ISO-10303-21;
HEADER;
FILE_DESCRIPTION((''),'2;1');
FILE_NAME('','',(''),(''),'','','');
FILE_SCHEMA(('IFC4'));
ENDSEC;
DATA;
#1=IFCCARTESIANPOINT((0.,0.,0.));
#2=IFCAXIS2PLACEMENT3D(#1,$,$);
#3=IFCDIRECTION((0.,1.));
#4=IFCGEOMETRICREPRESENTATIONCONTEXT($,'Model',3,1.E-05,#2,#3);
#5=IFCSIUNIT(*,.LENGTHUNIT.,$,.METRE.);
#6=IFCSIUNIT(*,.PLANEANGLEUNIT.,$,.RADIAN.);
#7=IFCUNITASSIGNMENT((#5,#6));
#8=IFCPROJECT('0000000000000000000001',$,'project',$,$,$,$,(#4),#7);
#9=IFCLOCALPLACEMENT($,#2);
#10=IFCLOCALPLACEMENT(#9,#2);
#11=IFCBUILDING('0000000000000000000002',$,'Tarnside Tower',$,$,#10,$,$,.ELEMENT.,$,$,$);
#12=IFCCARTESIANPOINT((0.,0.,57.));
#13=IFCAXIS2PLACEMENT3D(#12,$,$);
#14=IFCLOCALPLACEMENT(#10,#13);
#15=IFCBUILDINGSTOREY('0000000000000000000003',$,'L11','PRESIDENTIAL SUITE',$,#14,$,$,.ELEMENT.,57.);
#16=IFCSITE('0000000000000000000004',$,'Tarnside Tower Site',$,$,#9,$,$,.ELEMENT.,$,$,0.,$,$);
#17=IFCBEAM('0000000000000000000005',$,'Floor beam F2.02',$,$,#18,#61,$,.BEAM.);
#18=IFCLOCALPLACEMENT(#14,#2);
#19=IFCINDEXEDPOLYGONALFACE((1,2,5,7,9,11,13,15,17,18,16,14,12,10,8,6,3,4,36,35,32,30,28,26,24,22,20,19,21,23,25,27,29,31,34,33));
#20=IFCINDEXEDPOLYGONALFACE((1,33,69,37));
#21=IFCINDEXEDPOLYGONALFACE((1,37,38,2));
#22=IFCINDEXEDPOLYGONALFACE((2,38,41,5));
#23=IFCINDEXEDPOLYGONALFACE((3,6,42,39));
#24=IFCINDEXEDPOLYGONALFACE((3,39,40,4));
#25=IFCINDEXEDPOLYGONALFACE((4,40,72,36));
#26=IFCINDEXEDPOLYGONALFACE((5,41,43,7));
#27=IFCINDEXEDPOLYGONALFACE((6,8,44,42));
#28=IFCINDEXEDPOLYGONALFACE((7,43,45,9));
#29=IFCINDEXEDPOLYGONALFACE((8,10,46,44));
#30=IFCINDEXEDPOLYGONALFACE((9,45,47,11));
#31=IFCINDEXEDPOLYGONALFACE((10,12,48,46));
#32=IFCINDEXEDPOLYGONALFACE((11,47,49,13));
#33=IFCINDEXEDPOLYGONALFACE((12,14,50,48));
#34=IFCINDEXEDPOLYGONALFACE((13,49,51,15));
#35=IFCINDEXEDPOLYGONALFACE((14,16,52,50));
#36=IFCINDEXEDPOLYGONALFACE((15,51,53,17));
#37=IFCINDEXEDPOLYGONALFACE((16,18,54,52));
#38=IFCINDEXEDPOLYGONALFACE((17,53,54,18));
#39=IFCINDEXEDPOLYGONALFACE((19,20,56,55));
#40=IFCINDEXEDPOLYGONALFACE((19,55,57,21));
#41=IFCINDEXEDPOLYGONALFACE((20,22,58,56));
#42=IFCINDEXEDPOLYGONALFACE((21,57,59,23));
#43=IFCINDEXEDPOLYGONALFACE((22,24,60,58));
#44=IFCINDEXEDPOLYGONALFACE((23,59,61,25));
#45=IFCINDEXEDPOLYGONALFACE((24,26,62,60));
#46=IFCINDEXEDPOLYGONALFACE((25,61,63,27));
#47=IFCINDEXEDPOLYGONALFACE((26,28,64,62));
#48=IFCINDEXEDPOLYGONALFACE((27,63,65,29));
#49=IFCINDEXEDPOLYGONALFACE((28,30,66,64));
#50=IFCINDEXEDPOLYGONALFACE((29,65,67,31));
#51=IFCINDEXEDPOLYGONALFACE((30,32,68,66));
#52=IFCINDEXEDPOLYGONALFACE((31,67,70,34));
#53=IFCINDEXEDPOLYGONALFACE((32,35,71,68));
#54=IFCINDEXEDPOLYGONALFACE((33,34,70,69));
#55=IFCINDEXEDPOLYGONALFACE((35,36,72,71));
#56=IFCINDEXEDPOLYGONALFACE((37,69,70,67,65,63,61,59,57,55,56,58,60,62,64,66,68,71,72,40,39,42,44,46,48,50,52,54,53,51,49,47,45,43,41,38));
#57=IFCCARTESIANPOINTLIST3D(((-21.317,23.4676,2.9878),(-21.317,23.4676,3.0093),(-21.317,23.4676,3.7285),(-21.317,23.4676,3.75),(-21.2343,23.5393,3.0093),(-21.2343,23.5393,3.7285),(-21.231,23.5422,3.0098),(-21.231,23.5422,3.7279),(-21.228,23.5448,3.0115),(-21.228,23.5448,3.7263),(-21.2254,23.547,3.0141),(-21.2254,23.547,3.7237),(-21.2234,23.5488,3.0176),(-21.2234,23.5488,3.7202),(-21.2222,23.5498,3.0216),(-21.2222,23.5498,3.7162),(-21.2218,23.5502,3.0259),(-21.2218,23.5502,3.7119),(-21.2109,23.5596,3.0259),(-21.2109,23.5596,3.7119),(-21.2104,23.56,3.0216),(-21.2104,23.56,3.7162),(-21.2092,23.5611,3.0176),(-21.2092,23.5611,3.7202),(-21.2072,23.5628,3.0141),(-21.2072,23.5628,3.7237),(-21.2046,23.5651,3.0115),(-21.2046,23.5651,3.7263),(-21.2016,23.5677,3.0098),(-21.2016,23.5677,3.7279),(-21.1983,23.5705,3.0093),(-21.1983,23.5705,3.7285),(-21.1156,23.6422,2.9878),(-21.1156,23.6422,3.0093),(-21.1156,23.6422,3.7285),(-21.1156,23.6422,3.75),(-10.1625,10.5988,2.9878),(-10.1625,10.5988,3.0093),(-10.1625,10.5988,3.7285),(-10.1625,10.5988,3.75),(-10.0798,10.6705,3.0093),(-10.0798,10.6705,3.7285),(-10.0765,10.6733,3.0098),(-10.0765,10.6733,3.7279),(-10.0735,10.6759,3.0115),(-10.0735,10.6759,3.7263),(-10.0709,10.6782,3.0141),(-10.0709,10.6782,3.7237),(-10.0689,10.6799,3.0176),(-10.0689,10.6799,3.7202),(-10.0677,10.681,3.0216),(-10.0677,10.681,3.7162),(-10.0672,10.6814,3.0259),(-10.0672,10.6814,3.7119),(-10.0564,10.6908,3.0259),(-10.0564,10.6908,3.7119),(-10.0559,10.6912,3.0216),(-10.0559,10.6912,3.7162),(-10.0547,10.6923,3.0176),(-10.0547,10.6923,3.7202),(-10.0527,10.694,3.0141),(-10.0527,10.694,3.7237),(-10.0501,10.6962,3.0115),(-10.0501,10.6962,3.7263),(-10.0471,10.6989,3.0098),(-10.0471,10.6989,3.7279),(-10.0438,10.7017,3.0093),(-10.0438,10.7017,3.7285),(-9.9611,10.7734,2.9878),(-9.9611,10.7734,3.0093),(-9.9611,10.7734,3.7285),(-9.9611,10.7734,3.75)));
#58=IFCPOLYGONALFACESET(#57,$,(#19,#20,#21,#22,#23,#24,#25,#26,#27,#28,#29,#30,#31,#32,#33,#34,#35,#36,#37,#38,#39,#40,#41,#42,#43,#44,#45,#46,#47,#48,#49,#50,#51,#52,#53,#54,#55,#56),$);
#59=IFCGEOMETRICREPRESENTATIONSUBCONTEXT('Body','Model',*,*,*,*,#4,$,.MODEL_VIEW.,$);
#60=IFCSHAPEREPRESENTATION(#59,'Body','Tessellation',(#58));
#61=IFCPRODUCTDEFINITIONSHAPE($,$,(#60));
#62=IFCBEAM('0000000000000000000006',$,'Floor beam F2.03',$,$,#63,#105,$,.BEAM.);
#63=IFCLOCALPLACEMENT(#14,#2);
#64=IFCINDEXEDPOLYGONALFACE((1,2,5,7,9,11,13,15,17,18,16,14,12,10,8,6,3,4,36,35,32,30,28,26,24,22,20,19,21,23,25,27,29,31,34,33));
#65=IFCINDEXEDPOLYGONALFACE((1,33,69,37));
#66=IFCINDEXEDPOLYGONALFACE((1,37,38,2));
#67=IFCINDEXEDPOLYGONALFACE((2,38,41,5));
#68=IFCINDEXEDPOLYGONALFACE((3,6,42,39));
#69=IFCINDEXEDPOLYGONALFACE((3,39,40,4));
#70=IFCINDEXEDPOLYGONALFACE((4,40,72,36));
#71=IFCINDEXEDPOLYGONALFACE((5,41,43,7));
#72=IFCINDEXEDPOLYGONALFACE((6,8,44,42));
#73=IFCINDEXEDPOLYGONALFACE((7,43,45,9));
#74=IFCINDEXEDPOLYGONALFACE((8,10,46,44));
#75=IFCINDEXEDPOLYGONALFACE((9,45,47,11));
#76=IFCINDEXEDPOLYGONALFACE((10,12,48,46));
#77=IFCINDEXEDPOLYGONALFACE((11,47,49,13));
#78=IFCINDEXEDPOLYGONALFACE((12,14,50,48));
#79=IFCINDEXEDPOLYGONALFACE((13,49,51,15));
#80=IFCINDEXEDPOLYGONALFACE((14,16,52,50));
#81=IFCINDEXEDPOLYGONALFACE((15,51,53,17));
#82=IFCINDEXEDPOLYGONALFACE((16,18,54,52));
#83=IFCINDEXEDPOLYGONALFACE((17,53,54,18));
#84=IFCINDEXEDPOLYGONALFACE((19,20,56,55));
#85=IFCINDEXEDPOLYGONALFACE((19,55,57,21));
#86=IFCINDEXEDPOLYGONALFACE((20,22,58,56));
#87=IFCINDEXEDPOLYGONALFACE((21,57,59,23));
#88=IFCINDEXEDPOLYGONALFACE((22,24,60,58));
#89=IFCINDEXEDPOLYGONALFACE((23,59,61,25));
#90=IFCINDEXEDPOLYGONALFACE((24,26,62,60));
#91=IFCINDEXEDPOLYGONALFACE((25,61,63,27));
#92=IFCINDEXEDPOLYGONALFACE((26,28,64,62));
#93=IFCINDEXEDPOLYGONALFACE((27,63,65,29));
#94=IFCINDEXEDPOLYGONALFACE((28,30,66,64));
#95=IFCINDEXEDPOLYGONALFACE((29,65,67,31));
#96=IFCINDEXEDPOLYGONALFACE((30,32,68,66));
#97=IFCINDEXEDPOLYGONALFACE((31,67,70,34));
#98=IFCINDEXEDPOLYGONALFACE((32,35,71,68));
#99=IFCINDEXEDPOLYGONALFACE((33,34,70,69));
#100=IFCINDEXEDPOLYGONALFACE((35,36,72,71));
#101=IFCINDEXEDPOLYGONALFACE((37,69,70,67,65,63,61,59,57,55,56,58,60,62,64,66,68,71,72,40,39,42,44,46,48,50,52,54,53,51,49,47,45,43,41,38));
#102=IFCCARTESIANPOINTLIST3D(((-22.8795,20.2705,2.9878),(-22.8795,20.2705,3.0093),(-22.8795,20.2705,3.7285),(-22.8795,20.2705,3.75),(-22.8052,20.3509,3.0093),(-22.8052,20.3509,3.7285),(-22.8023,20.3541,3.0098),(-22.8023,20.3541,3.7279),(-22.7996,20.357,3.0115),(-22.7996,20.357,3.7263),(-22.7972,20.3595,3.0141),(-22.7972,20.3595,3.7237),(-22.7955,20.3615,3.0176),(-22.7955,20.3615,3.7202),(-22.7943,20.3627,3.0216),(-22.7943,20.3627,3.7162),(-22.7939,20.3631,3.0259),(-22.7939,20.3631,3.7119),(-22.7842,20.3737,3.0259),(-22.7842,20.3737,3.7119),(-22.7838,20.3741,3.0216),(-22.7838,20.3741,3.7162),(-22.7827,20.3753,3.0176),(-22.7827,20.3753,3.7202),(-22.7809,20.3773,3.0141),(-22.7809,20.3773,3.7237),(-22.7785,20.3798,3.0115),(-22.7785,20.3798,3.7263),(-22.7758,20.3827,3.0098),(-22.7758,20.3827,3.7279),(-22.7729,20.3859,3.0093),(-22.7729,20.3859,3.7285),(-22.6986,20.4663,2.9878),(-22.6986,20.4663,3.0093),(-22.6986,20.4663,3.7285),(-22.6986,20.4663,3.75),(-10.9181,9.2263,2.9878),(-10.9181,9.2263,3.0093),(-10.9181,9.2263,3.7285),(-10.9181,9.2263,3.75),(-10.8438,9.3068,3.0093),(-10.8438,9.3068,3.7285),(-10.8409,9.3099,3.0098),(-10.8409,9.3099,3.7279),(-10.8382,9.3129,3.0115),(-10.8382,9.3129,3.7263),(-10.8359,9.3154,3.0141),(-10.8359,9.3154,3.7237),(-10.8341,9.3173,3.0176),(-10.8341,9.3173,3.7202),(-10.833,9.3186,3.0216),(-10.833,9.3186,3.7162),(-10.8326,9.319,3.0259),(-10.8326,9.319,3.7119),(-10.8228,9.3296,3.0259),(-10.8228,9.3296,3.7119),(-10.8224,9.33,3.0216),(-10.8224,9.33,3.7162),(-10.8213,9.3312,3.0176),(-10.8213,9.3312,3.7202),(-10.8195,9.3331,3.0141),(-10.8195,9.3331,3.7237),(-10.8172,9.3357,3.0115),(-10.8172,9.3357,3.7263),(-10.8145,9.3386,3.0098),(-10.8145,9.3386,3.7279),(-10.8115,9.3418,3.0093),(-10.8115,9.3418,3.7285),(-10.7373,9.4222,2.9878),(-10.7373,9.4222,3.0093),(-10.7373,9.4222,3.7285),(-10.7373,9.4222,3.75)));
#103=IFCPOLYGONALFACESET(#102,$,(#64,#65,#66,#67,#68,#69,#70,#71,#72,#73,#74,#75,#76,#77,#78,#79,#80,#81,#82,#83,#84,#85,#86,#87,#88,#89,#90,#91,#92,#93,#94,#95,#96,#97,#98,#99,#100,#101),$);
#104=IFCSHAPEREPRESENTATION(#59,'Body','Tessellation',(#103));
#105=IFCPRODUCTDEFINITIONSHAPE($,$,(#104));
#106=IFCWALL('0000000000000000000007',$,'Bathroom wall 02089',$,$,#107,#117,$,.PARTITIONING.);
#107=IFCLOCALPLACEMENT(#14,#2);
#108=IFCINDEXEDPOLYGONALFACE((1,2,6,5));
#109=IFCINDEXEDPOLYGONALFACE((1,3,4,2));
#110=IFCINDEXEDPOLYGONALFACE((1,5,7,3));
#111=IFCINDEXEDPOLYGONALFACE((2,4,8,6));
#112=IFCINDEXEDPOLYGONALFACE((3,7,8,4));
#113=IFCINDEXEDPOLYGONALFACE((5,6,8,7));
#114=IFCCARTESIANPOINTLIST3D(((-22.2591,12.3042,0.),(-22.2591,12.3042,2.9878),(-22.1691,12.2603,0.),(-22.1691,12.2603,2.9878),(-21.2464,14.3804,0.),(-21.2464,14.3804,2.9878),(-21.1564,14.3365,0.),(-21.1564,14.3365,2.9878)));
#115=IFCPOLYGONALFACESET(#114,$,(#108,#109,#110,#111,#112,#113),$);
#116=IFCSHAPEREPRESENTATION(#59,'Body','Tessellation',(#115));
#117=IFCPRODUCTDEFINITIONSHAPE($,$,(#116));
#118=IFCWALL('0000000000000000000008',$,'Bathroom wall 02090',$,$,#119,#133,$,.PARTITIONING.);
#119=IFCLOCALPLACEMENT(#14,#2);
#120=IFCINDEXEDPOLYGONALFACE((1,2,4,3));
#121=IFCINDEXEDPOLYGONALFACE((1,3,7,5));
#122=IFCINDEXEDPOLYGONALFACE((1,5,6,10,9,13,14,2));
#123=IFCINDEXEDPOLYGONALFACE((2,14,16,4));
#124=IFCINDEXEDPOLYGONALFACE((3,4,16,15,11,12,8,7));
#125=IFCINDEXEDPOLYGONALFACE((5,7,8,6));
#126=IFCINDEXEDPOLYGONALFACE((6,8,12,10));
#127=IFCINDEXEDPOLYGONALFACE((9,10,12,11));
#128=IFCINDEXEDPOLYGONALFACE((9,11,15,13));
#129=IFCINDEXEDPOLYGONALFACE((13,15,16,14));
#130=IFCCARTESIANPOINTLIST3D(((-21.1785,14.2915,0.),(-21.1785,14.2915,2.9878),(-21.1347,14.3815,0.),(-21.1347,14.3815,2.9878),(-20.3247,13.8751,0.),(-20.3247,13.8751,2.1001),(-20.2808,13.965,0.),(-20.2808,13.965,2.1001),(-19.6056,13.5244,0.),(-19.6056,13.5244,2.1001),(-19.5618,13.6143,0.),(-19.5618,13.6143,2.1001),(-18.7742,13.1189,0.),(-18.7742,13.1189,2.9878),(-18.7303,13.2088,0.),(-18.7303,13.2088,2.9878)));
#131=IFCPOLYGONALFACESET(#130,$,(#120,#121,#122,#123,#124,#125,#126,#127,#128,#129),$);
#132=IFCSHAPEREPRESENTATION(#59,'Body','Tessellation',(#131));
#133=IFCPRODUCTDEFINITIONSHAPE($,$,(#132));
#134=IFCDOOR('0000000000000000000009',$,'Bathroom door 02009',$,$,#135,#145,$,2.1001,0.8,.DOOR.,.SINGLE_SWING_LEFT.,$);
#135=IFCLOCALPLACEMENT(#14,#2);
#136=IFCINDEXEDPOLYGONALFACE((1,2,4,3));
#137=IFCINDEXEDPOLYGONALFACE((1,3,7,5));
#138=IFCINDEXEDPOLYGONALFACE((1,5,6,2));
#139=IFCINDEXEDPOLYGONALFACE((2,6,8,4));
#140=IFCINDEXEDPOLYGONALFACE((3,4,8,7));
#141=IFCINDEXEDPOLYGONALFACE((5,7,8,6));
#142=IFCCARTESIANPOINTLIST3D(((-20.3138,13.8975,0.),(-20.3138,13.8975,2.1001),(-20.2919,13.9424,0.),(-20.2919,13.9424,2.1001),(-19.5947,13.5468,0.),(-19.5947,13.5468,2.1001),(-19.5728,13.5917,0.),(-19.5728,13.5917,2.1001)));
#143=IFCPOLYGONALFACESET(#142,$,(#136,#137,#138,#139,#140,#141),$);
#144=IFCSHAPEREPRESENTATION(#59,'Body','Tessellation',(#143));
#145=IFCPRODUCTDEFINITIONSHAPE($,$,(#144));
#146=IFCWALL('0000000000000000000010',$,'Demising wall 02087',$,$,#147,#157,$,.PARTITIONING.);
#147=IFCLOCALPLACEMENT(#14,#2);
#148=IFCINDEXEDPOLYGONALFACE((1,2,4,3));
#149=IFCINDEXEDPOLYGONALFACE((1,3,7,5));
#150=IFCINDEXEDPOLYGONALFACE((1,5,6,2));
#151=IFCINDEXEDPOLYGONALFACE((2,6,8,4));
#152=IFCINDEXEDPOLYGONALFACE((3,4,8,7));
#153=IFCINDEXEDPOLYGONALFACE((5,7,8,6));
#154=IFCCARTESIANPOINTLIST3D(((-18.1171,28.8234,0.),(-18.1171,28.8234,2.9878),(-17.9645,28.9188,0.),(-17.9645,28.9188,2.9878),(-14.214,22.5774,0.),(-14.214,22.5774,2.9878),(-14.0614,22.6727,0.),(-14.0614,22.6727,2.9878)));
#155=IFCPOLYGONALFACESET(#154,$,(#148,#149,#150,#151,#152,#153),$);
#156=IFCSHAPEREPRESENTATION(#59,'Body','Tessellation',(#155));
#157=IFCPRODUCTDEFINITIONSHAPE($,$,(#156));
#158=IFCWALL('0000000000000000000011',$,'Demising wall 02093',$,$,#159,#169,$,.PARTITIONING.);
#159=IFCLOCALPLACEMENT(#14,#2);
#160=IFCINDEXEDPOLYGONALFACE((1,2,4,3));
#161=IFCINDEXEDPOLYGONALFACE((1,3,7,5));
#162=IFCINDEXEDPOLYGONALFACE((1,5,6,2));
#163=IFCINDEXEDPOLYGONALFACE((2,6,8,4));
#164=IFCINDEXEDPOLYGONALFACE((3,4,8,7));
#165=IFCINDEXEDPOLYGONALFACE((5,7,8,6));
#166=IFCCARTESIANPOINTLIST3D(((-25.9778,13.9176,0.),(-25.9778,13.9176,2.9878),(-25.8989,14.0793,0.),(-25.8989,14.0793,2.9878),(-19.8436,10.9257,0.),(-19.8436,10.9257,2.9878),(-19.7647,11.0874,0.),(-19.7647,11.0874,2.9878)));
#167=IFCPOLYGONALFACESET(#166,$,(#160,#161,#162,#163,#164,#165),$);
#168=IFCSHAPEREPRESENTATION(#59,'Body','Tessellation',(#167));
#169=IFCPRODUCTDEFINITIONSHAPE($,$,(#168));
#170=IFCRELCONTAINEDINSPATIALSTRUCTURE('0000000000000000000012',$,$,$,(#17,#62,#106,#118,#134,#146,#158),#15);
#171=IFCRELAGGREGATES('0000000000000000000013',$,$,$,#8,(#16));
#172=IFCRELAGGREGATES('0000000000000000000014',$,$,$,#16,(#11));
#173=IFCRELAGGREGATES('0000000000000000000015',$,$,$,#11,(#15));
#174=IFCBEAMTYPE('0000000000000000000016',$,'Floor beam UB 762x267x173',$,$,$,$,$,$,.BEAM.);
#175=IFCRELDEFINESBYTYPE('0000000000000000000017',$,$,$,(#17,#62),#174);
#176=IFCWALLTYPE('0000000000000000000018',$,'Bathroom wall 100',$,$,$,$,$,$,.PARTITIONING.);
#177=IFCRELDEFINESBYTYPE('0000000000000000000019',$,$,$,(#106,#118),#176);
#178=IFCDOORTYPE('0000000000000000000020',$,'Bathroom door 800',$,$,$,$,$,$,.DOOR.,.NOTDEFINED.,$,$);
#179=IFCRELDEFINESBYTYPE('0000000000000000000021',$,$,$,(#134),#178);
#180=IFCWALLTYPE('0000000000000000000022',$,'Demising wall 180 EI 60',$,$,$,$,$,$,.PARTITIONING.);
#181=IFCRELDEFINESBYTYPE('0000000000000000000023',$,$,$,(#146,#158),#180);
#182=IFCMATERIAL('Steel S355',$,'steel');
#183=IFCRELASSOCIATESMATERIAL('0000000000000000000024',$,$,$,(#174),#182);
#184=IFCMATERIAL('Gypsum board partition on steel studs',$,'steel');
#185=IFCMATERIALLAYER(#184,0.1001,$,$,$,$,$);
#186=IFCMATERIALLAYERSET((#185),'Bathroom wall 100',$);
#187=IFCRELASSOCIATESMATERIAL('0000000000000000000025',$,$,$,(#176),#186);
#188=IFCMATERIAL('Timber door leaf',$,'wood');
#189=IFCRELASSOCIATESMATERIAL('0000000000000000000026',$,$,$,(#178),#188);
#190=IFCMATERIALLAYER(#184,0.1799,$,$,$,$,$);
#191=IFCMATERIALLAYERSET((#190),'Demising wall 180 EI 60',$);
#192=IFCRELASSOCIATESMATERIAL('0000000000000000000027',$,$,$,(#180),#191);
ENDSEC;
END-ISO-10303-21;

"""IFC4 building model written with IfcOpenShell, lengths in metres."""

from ifc_helpers import new_model, si_unit, direction, frame, frame_2d, origin, origin_2d, place, context, subcontext, project, spatial, rectangle, i_section, extrude, material, layer, layer_set, material_profile, profile_set, type_object, element, fill, save


model = new_model("IFC4")

# Units and contexts
model_context = context("Model", 3, precision=1e-05, world=origin(), true_north=direction((0.0, 1.0)))
body_context = subcontext(model_context, "Body", "Model", "MODEL_VIEW")
ifc_project = project(units=[si_unit("LENGTHUNIT", "METRE"), si_unit("PLANEANGLEUNIT", "RADIAN")], contexts=[model_context])

# Site, building, storey
site_placement = place(None, origin())
site = spatial("IfcSite", under=ifc_project, at=site_placement, Name="Tarnside Tower Site", CompositionType="ELEMENT", RefElevation=0.0)
building_placement = place(site_placement, origin())
building = spatial("IfcBuilding", under=site, at=building_placement, Name="Tarnside Tower", CompositionType="ELEMENT")
storey_placement = place(building_placement, frame((0.0, 0.0, 57.0)))
storey = spatial("IfcBuildingStorey", under=building, at=storey_placement, Name="L11", Description="PRESIDENTIAL SUITE", CompositionType="ELEMENT", Elevation=57.0)

# Beams
ifc_material_1 = material(Name="Steel S355", Category="steel")
ifc_material_profile_1 = material_profile(ifc_material_1, i_section(OverallWidth=0.2666, OverallDepth=0.7622, WebThickness=0.0144, FlangeThickness=0.0215, FilletRadius=0.0166, at=origin_2d()), Name="UB 762x267x173")
ifc_profile_set_1 = profile_set([ifc_material_profile_1], Name="Steel S355")
beam_type_1 = type_object("IfcBeamType", Name="Floor beam UB 762x267x173", PredefinedType="BEAM", material=ifc_profile_set_1)
beam_1_placement = place(storey_placement, frame((-21.2163, 23.5549, 3.3689), z_axis=(0.654981, -0.755646, 0.0), x_axis=(0.755646, 0.654981, 0.0)))
element("IfcBeam", 1, at=beam_1_placement, inside=storey, type_object=beam_type_1, Name="Floor beam F2.02", PredefinedType="BEAM", context=body_context, shape_type="SweptSolid", body=[
    extrude(i_section(OverallWidth=0.2666, OverallDepth=0.7622, WebThickness=0.0144, FlangeThickness=0.0215, FilletRadius=0.0166, at=origin_2d()), origin(), (0.0, 0.0, 1.0), 17.0303),
])
beam_2_placement = place(storey_placement, frame((-22.7891, 20.3684, 3.3689), z_axis=(0.734715, -0.678375, 0.0), x_axis=(0.678375, 0.734715, 0.0)))
element("IfcBeam", 2, at=beam_2_placement, inside=storey, type_object=beam_type_1, Name="Floor beam F2.03", PredefinedType="BEAM", context=body_context, shape_type="SweptSolid", body=[
    extrude(i_section(OverallWidth=0.2666, OverallDepth=0.7622, WebThickness=0.0144, FlangeThickness=0.0215, FilletRadius=0.0166, at=origin_2d()), origin(), (0.0, 0.0, 1.0), 16.2803),
])

# Wall
ifc_material_2 = material(Name="Gypsum board partition on steel studs", Category="steel")
ifc_layer_1 = layer(ifc_material_2, 0.1001)
ifc_layer_set_1 = layer_set([ifc_layer_1], Name="Bathroom wall 100")
wall_type_1 = type_object("IfcWallType", Name="Bathroom wall 100", PredefinedType="PARTITIONING", material=ifc_layer_set_1)
wall_1_placement = place(storey_placement, frame((-22.2141, 12.2822, 0.0), z_axis=(0.0, 0.0, 1.0), x_axis=(0.438399, 0.898781, 0.0)))
element("IfcWall", 3, at=wall_1_placement, inside=storey, type_object=wall_type_1, Name="Bathroom wall 02089", PredefinedType="PARTITIONING", context=body_context, shape_type="SweptSolid", body=[
    extrude(rectangle(XDim=2.3101, YDim=0.1001, at=frame_2d((1.155, 0.0))), origin(), (0.0, 0.0, 1.0), 2.9878),
])

# Wall, opening, door
wall_2_placement = place(storey_placement, frame((-21.1565, 14.3364, 0.0), z_axis=(0.0, 0.0, 1.0), x_axis=(0.898801, -0.438357, 0.0)))
wall_2 = element("IfcWall", 4, at=wall_2_placement, inside=storey, type_object=wall_type_1, Name="Bathroom wall 02090", PredefinedType="PARTITIONING", context=body_context, shape_type="SweptSolid", body=[
    extrude(rectangle(XDim=2.675, YDim=0.1001, at=frame_2d((1.3374, 0.0))), origin(), (0.0, 0.0, 1.0), 2.9878),
])
opening_1_placement = place(wall_2_placement, frame((0.95, 0.0, 0.0)))
opening_1 = element("IfcOpeningElement", 5, at=opening_1_placement, cuts=wall_2, PredefinedType="OPENING", context=body_context, shape_type="SweptSolid", body=[
    extrude(rectangle(XDim=0.8, YDim=2.1001, at=frame_2d((0.3999, 1.05))), frame((0.0, 0.0601, 0.0), z_axis=(0.0, -1.0, 0.0), x_axis=(1.0, 0.0, 0.0)), (0.0, 0.0, 1.0), 0.1201),
])
ifc_material_3 = material(Name="Timber door leaf", Category="wood")
door_type_1 = type_object("IfcDoorType", Name="Bathroom door 800", OperationType="NOTDEFINED", PredefinedType="DOOR", material=ifc_material_3)
door_1_placement = place(opening_1_placement, origin())
door_1 = element("IfcDoor", 6, at=door_1_placement, inside=storey, type_object=door_type_1, Name="Bathroom door 02009", OperationType="SINGLE_SWING_LEFT", OverallHeight=2.1001, OverallWidth=0.8, PredefinedType="DOOR", context=body_context, shape_type="SweptSolid", body=[
    extrude(rectangle(XDim=0.8, YDim=2.1001, at=frame_2d((0.3999, 1.05))), frame((0.0, 0.0249, 0.0), z_axis=(0.0, -1.0, 0.0), x_axis=(1.0, 0.0, 0.0)), (0.0, 0.0, 1.0), 0.05),
])
fill(opening_1, door_1)

# Walls
ifc_layer_2 = layer(ifc_material_2, 0.1799)
ifc_layer_set_2 = layer_set([ifc_layer_2], Name="Demising wall 180 EI 60")
wall_type_2 = type_object("IfcWallType", Name="Demising wall 180 EI 60", PredefinedType="PARTITIONING", material=ifc_layer_set_2)
wall_3_placement = place(storey_placement, frame((-18.0408, 28.8711, 0.0), z_axis=(0.0, 0.0, 1.0), x_axis=(0.529927, -0.848043, 0.0)))
element("IfcWall", 7, at=wall_3_placement, inside=storey, type_object=wall_type_2, Name="Demising wall 02087", PredefinedType="PARTITIONING", context=body_context, shape_type="SweptSolid", body=[
    extrude(rectangle(XDim=7.3652, YDim=0.1799, at=frame_2d((3.6826, 0.0))), origin(), (0.0, 0.0, 1.0), 2.9878),
])
wall_4_placement = place(storey_placement, frame((-25.9385, 13.9985, 0.0), z_axis=(0.0, 0.0, 1.0), x_axis=(0.898791, -0.438378, 0.0)))
element("IfcWall", 8, at=wall_4_placement, inside=storey, type_object=wall_type_2, Name="Demising wall 02093", PredefinedType="PARTITIONING", context=body_context, shape_type="SweptSolid", body=[
    extrude(rectangle(XDim=6.825, YDim=0.1799, at=frame_2d((3.4126, 0.0))), origin(), (0.0, 0.0, 1.0), 2.9878),
])

save(model, "model.ifc")
